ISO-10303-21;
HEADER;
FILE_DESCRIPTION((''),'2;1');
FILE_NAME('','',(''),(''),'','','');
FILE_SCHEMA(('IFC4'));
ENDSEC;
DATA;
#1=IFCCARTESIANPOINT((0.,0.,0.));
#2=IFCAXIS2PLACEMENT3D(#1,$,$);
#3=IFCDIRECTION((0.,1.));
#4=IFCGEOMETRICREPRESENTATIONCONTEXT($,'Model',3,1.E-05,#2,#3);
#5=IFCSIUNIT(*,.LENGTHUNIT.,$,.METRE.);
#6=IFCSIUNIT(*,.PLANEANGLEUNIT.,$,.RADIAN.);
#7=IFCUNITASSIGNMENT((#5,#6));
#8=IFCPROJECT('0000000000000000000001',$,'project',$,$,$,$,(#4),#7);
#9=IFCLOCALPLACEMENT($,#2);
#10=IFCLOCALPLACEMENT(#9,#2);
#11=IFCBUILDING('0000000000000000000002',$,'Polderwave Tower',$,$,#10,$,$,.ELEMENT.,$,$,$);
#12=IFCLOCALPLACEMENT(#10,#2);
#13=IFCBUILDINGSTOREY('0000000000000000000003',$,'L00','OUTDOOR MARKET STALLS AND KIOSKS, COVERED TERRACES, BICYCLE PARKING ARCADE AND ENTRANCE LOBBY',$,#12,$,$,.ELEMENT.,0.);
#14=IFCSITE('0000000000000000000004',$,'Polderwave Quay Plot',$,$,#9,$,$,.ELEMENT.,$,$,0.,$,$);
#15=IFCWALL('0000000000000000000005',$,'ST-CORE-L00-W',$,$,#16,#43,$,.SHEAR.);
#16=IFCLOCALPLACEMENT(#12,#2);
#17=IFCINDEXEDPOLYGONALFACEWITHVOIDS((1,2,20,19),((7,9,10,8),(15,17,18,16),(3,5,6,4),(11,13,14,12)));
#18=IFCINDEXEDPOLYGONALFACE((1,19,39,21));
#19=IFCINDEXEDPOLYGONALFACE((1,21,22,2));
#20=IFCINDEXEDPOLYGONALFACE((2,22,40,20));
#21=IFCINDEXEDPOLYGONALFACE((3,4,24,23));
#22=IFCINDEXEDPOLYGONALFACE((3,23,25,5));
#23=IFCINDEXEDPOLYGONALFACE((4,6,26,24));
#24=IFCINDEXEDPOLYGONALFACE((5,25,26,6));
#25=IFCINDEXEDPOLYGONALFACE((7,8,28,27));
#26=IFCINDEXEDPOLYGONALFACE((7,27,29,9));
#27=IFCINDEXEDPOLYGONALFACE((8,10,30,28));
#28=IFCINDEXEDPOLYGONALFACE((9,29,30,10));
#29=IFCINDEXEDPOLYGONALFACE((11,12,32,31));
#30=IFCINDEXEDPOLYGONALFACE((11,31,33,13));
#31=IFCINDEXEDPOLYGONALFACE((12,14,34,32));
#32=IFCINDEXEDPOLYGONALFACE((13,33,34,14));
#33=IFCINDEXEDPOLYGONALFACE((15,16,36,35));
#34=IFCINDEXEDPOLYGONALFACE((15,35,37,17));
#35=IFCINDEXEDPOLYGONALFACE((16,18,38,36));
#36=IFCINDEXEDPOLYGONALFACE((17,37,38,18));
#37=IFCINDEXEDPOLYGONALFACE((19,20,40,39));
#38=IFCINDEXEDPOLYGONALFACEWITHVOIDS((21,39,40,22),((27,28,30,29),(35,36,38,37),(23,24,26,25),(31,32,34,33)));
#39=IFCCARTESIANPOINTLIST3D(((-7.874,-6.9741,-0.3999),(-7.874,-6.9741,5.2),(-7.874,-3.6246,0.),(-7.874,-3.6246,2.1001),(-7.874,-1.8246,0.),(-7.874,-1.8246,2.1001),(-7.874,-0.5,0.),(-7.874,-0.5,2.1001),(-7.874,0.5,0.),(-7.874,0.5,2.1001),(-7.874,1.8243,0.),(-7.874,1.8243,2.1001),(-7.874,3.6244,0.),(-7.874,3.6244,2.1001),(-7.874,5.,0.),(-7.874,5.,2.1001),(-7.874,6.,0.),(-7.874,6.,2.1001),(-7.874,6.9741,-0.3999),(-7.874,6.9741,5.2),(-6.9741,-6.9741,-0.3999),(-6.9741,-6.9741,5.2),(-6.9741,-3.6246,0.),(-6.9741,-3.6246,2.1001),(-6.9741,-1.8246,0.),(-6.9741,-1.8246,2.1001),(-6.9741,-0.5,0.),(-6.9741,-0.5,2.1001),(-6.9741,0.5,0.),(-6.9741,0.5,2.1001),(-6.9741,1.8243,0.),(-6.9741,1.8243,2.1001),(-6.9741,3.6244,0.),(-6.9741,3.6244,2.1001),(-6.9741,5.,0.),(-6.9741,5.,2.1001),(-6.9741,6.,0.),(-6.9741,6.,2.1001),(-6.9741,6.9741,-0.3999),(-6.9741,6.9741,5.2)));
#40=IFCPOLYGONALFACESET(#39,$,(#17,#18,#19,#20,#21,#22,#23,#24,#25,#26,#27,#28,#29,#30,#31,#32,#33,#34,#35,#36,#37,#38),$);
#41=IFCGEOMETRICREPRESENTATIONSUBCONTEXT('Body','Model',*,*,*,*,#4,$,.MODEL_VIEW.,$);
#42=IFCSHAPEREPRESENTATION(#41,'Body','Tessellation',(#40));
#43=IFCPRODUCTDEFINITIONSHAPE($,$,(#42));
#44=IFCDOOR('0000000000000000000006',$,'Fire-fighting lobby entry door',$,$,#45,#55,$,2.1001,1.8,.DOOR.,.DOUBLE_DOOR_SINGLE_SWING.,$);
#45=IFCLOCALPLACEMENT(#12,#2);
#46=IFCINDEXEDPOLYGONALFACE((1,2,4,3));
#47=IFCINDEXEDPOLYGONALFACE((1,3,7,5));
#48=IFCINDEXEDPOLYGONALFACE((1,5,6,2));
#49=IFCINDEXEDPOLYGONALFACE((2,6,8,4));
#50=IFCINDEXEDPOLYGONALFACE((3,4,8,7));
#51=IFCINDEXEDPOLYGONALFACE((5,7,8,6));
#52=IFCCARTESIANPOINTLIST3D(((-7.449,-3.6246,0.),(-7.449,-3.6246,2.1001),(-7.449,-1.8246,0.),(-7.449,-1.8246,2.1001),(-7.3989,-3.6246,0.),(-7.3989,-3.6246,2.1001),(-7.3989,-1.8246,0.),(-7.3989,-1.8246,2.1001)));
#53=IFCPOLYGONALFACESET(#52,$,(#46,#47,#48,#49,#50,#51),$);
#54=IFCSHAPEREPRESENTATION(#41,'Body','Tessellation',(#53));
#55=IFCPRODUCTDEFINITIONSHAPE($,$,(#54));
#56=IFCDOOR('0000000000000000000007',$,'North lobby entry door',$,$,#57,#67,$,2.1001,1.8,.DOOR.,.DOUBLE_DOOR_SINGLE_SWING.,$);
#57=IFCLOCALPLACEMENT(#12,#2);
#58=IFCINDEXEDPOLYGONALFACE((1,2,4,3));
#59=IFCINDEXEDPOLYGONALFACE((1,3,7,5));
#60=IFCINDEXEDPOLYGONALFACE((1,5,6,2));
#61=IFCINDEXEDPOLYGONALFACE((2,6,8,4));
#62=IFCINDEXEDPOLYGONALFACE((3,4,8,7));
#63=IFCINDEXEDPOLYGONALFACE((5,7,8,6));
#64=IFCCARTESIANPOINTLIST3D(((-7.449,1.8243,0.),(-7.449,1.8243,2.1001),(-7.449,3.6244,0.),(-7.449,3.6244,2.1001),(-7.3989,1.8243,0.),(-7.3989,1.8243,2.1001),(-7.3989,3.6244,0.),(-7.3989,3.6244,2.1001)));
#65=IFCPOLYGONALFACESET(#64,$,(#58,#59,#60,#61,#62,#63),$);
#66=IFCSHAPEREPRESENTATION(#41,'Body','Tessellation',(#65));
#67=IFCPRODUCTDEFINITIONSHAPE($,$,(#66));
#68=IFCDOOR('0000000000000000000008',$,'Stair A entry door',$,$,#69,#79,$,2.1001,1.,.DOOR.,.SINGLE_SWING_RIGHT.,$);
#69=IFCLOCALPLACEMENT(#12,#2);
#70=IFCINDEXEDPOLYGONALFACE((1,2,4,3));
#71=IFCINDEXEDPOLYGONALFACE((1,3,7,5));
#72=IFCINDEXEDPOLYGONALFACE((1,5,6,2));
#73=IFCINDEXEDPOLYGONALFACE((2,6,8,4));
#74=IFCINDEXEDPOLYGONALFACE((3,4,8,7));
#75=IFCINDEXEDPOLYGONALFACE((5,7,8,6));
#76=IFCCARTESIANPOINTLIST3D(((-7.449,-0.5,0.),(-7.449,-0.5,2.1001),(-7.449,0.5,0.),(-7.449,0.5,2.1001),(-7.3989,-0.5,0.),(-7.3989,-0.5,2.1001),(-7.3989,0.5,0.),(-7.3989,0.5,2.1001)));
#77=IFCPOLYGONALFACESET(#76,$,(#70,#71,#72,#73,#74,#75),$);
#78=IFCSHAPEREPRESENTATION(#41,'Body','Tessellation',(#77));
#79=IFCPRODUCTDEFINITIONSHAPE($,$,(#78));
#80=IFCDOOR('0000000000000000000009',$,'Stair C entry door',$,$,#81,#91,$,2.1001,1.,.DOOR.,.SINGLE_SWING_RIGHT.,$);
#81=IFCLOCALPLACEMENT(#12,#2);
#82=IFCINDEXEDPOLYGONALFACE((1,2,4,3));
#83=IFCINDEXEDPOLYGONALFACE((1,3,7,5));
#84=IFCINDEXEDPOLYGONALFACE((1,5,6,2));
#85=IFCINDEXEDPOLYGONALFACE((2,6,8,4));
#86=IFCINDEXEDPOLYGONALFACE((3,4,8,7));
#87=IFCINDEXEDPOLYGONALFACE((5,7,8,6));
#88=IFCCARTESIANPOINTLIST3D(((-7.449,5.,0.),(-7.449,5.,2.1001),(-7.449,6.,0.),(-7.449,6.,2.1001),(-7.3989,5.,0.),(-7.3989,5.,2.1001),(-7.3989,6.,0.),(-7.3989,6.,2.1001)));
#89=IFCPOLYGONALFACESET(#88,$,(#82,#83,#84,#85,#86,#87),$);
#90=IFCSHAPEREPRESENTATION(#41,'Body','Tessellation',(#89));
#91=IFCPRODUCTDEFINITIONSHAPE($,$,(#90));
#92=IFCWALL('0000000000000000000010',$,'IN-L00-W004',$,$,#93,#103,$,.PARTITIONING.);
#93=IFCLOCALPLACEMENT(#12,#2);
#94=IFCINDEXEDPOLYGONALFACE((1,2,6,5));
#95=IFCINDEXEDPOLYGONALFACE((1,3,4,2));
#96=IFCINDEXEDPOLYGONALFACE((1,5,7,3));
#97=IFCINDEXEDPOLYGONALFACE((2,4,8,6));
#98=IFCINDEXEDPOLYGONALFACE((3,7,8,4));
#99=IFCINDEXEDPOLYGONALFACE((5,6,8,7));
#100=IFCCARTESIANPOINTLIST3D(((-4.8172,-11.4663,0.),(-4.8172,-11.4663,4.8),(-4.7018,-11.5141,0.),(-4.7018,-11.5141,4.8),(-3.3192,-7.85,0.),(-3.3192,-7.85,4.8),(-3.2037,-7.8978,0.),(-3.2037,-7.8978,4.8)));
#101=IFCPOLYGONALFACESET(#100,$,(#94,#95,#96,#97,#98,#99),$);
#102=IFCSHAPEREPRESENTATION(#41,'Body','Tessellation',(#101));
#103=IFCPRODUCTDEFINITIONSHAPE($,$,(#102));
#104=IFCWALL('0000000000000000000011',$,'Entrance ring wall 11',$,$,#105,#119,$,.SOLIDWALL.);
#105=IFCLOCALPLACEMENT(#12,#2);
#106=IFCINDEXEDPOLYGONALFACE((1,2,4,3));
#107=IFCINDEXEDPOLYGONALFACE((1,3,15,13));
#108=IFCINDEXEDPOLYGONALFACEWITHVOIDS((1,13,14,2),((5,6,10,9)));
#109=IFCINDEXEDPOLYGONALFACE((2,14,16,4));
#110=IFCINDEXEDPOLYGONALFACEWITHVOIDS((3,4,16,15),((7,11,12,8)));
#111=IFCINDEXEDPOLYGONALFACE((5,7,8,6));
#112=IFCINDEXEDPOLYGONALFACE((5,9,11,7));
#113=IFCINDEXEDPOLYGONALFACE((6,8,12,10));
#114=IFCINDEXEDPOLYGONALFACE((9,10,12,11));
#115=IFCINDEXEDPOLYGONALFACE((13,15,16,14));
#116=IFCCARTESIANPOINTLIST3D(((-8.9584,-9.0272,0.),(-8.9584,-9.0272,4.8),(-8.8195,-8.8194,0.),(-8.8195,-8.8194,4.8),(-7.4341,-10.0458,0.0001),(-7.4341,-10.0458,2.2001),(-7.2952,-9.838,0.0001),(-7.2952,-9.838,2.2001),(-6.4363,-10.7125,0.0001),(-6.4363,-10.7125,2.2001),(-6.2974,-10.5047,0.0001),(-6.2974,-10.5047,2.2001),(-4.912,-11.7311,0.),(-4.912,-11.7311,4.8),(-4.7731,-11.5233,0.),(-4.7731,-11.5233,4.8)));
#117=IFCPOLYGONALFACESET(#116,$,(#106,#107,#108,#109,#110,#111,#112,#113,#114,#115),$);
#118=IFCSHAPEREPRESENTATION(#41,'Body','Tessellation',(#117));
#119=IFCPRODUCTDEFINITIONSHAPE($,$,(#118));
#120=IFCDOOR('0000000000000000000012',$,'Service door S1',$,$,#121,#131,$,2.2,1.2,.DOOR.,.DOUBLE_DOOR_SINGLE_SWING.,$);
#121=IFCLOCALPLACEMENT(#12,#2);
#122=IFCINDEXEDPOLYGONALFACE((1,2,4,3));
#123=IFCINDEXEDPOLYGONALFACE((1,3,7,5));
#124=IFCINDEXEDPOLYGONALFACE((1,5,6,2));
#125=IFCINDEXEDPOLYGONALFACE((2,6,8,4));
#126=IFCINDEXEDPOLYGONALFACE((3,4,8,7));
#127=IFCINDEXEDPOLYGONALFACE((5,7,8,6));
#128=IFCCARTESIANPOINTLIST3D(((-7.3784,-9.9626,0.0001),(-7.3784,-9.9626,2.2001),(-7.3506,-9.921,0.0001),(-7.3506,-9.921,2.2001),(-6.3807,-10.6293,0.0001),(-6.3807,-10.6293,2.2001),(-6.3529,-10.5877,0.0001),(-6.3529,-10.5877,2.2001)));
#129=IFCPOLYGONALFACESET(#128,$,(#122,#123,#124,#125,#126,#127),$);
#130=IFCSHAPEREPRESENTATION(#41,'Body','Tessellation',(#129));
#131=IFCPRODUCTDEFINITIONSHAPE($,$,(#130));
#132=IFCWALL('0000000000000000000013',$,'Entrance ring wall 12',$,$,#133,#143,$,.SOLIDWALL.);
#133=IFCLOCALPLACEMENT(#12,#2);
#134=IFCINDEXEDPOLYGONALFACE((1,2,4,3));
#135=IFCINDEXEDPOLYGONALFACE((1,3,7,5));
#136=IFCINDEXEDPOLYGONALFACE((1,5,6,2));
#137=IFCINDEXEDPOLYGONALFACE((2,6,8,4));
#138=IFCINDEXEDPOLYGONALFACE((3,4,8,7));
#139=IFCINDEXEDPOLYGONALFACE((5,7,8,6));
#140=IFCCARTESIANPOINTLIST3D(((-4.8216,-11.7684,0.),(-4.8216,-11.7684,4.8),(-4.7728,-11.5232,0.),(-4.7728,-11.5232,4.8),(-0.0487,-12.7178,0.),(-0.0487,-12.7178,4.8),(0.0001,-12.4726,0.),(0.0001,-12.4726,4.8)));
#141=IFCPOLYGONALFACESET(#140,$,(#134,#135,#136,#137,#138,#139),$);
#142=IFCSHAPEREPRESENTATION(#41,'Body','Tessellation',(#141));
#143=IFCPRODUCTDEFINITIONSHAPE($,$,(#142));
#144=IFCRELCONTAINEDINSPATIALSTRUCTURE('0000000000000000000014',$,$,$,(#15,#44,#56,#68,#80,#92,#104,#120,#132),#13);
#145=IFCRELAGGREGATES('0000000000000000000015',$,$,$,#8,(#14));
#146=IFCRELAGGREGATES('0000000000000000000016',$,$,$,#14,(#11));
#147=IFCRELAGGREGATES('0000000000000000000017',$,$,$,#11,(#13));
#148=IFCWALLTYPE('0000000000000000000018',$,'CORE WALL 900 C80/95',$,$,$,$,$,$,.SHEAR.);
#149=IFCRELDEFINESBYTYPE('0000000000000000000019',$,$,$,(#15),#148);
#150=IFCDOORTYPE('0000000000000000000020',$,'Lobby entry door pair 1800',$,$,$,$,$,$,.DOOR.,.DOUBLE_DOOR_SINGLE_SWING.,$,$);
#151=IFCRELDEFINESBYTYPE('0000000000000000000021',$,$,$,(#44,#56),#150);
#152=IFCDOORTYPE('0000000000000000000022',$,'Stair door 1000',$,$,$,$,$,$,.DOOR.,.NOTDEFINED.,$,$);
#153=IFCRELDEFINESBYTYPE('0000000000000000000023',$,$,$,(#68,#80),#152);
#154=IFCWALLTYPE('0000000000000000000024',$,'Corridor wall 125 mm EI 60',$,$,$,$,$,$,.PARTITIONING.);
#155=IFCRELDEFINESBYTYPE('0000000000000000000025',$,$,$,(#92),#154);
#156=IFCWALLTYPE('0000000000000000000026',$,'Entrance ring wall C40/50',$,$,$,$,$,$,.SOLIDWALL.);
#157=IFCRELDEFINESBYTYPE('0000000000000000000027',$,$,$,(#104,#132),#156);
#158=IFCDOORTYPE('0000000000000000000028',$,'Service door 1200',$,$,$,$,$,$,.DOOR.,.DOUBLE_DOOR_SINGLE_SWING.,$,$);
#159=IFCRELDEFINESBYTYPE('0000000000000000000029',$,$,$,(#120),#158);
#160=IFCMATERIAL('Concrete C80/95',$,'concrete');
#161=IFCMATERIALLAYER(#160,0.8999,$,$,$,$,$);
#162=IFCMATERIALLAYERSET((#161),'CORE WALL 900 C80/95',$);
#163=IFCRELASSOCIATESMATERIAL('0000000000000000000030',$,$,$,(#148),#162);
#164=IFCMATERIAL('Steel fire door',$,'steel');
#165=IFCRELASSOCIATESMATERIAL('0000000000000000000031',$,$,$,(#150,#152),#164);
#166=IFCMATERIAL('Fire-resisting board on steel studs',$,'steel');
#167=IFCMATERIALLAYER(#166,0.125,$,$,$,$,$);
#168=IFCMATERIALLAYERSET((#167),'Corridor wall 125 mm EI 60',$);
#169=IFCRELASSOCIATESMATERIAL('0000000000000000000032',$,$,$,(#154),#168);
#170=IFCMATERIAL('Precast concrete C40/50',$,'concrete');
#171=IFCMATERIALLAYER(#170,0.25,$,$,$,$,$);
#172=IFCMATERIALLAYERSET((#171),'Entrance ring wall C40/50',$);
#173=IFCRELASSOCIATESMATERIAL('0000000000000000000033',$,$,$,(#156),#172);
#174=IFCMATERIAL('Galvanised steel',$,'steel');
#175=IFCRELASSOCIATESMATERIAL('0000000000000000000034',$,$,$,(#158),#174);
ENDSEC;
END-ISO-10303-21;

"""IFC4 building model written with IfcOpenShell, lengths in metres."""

from ifc_helpers import new_model, si_unit, direction, frame, frame_2d, origin, place, context, subcontext, project, spatial, rectangle, extrude, material, layer, layer_set, type_object, element, fill, save


model = new_model("IFC4")

# Units and contexts
model_context = context("Model", 3, precision=1e-05, world=origin(), true_north=direction((0.0, 1.0)))
body_context = subcontext(model_context, "Body", "Model", "MODEL_VIEW")
ifc_project = project(units=[si_unit("LENGTHUNIT", "METRE"), si_unit("PLANEANGLEUNIT", "RADIAN")], contexts=[model_context])

# Site, building, storey
site_placement = place(None, origin())
site = spatial("IfcSite", under=ifc_project, at=site_placement, Name="Polderwave Quay Plot", CompositionType="ELEMENT", RefElevation=0.0)
building_placement = place(site_placement, origin())
building = spatial("IfcBuilding", under=site, at=building_placement, Name="Polderwave Tower", CompositionType="ELEMENT")
storey_placement = place(building_placement, origin())
storey = spatial("IfcBuildingStorey", under=building, at=storey_placement, Name="L00", Description="OUTDOOR MARKET STALLS AND KIOSKS, COVERED TERRACES, BICYCLE PARKING ARCADE AND ENTRANCE LOBBY", CompositionType="ELEMENT", Elevation=0.0)

# Wall, openings, doors
ifc_material_1 = material(Name="Concrete C80/95", Category="concrete")
ifc_layer_1 = layer(ifc_material_1, 0.8999)
ifc_layer_set_1 = layer_set([ifc_layer_1], Name="CORE WALL 900 C80/95")
wall_type_1 = type_object("IfcWallType", Name="CORE WALL 900 C80/95", PredefinedType="SHEAR", material=ifc_layer_set_1)
wall_1_placement = place(storey_placement, frame((-7.4241, -6.9741, -0.3999), z_axis=(0.0, 0.0, 1.0), x_axis=(0.0, 1.0, 0.0)))
wall_1 = element("IfcWall", 1, at=wall_1_placement, inside=storey, type_object=wall_type_1, Name="ST-CORE-L00-W", PredefinedType="SHEAR", context=body_context, shape_type="SweptSolid", body=[
    extrude(rectangle(XDim=13.9482, YDim=0.8999, at=frame_2d((6.9741, 0.0))), origin(), (0.0, 0.0, 1.0), 5.5999),
])
opening_1_placement = place(wall_1_placement, frame((6.4741, 0.0, 0.3999)))
opening_1 = element("IfcOpeningElement", 2, at=opening_1_placement, cuts=wall_1, PredefinedType="OPENING", context=body_context, shape_type="SweptSolid", body=[
    extrude(rectangle(XDim=1.0, YDim=2.1001, at=frame_2d((0.5, 1.05))), frame((0.0, 0.46, 0.0), z_axis=(0.0, -1.0, 0.0), x_axis=(1.0, 0.0, 0.0)), (0.0, 0.0, 1.0), 0.9199),
])
opening_2_placement = place(wall_1_placement, frame((3.3496, 0.0, 0.3999)))
opening_2 = element("IfcOpeningElement", 3, at=opening_2_placement, cuts=wall_1, PredefinedType="OPENING", context=body_context, shape_type="SweptSolid", body=[
    extrude(rectangle(XDim=1.8, YDim=2.1001, at=frame_2d((0.8999, 1.05))), frame((0.0, 0.46, 0.0), z_axis=(0.0, -1.0, 0.0), x_axis=(1.0, 0.0, 0.0)), (0.0, 0.0, 1.0), 0.9199),
])
opening_3_placement = place(wall_1_placement, frame((8.7986, 0.0, 0.3999)))
opening_3 = element("IfcOpeningElement", 4, at=opening_3_placement, cuts=wall_1, PredefinedType="OPENING", context=body_context, shape_type="SweptSolid", body=[
    extrude(rectangle(XDim=1.8, YDim=2.1001, at=frame_2d((0.8999, 1.05))), frame((0.0, 0.46, 0.0), z_axis=(0.0, -1.0, 0.0), x_axis=(1.0, 0.0, 0.0)), (0.0, 0.0, 1.0), 0.9199),
])
opening_4_placement = place(wall_1_placement, frame((11.9741, 0.0, 0.3999)))
opening_4 = element("IfcOpeningElement", 5, at=opening_4_placement, cuts=wall_1, PredefinedType="OPENING", context=body_context, shape_type="SweptSolid", body=[
    extrude(rectangle(XDim=1.0, YDim=2.1001, at=frame_2d((0.5, 1.05))), frame((0.0, 0.46, 0.0), z_axis=(0.0, -1.0, 0.0), x_axis=(1.0, 0.0, 0.0)), (0.0, 0.0, 1.0), 0.9199),
])
ifc_material_2 = material(Name="Steel fire door", Category="steel")
door_type_1 = type_object("IfcDoorType", Name="Lobby entry door pair 1800", OperationType="DOUBLE_DOOR_SINGLE_SWING", PredefinedType="DOOR", material=ifc_material_2)
door_1_placement = place(opening_2_placement, origin())
door_1 = element("IfcDoor", 6, at=door_1_placement, inside=storey, type_object=door_type_1, Name="Fire-fighting lobby entry door", OperationType="DOUBLE_DOOR_SINGLE_SWING", OverallHeight=2.1001, OverallWidth=1.8, PredefinedType="DOOR", context=body_context, shape_type="SweptSolid", body=[
    extrude(rectangle(XDim=1.8, YDim=2.1001, at=frame_2d((0.8999, 1.05))), frame((0.0, 0.0249, 0.0), z_axis=(0.0, -1.0, 0.0), x_axis=(1.0, 0.0, 0.0)), (0.0, 0.0, 1.0), 0.05),
])
fill(opening_2, door_1)
door_2_placement = place(opening_3_placement, origin())
door_2 = element("IfcDoor", 7, at=door_2_placement, inside=storey, type_object=door_type_1, Name="North lobby entry door", OperationType="DOUBLE_DOOR_SINGLE_SWING", OverallHeight=2.1001, OverallWidth=1.8, PredefinedType="DOOR", context=body_context, shape_type="SweptSolid", body=[
    extrude(rectangle(XDim=1.8, YDim=2.1001, at=frame_2d((0.8999, 1.05))), frame((0.0, 0.0249, 0.0), z_axis=(0.0, -1.0, 0.0), x_axis=(1.0, 0.0, 0.0)), (0.0, 0.0, 1.0), 0.05),
])
fill(opening_3, door_2)
door_type_2 = type_object("IfcDoorType", Name="Stair door 1000", OperationType="NOTDEFINED", PredefinedType="DOOR", material=ifc_material_2)
door_3_placement = place(opening_1_placement, origin())
door_3 = element("IfcDoor", 8, at=door_3_placement, inside=storey, type_object=door_type_2, Name="Stair A entry door", OperationType="SINGLE_SWING_RIGHT", OverallHeight=2.1001, OverallWidth=1.0, PredefinedType="DOOR", context=body_context, shape_type="SweptSolid", body=[
    extrude(rectangle(XDim=1.0, YDim=2.1001, at=frame_2d((0.5, 1.05))), frame((0.0, 0.0249, 0.0), z_axis=(0.0, -1.0, 0.0), x_axis=(1.0, 0.0, 0.0)), (0.0, 0.0, 1.0), 0.05),
])
fill(opening_1, door_3)
door_4_placement = place(opening_4_placement, origin())
door_4 = element("IfcDoor", 9, at=door_4_placement, inside=storey, type_object=door_type_2, Name="Stair C entry door", OperationType="SINGLE_SWING_RIGHT", OverallHeight=2.1001, OverallWidth=1.0, PredefinedType="DOOR", context=body_context, shape_type="SweptSolid", body=[
    extrude(rectangle(XDim=1.0, YDim=2.1001, at=frame_2d((0.5, 1.05))), frame((0.0, 0.0249, 0.0), z_axis=(0.0, -1.0, 0.0), x_axis=(1.0, 0.0, 0.0)), (0.0, 0.0, 1.0), 0.05),
])
fill(opening_4, door_4)

# Wall
ifc_material_3 = material(Name="Fire-resisting board on steel studs", Category="steel")
ifc_layer_2 = layer(ifc_material_3, 0.125)
ifc_layer_set_2 = layer_set([ifc_layer_2], Name="Corridor wall 125 mm EI 60")
wall_type_2 = type_object("IfcWallType", Name="Corridor wall 125 mm EI 60", PredefinedType="PARTITIONING", material=ifc_layer_set_2)
wall_2_placement = place(storey_placement, frame((-3.2615, -7.874, 0.0), z_axis=(0.0, 0.0, 1.0), x_axis=(-0.382719, -0.923865, 0.0)))
element("IfcWall", 10, at=wall_2_placement, inside=storey, type_object=wall_type_2, Name="IN-L00-W004", PredefinedType="PARTITIONING", context=body_context, shape_type="SweptSolid", body=[
    extrude(rectangle(XDim=3.9143, YDim=0.125, at=frame_2d((1.957, 0.0))), origin(), (0.0, 0.0, 1.0), 4.8),
])

# Wall, opening, door
ifc_material_4 = material(Name="Precast concrete C40/50", Category="concrete")
ifc_layer_3 = layer(ifc_material_4, 0.25)
ifc_layer_set_3 = layer_set([ifc_layer_3], Name="Entrance ring wall C40/50")
wall_type_3 = type_object("IfcWallType", Name="Entrance ring wall C40/50", PredefinedType="SOLIDWALL", material=ifc_layer_set_3)
wall_3_placement = place(storey_placement, frame((-4.8425, -11.6272, 0.0), z_axis=(0.0, 0.0, 1.0), x_axis=(-0.831456, 0.555591, 0.0)))
wall_3 = element("IfcWall", 11, at=wall_3_placement, inside=storey, type_object=wall_type_3, Name="Entrance ring wall 11", PredefinedType="SOLIDWALL", context=body_context, shape_type="SweptSolid", body=[
    extrude(rectangle(XDim=4.8667, YDim=0.25, at=frame_2d((2.4333, 0.0))), origin(), (0.0, 0.0, 1.0), 4.8),
])
opening_5_placement = place(wall_3_placement, frame((1.8333, 0.0, 0.0)))
opening_5 = element("IfcOpeningElement", 12, at=opening_5_placement, cuts=wall_3, PredefinedType="OPENING", context=body_context, shape_type="SweptSolid", body=[
    extrude(rectangle(XDim=1.2, YDim=2.2, at=frame_2d((0.6001, 1.1001))), frame((0.0, 0.135, 0.0), z_axis=(0.0, -1.0, 0.0), x_axis=(1.0, 0.0, 0.0)), (0.0, 0.0, 1.0), 0.27),
])
ifc_material_5 = material(Name="Galvanised steel", Category="steel")
door_type_3 = type_object("IfcDoorType", Name="Service door 1200", OperationType="DOUBLE_DOOR_SINGLE_SWING", PredefinedType="DOOR", material=ifc_material_5)
door_5_placement = place(opening_5_placement, origin())
door_5 = element("IfcDoor", 13, at=door_5_placement, inside=storey, type_object=door_type_3, Name="Service door S1", OperationType="DOUBLE_DOOR_SINGLE_SWING", OverallHeight=2.2, OverallWidth=1.2, PredefinedType="DOOR", context=body_context, shape_type="SweptSolid", body=[
    extrude(rectangle(XDim=1.2, YDim=2.2, at=frame_2d((0.6001, 1.1001))), frame((0.0, 0.0249, 0.0), z_axis=(0.0, -1.0, 0.0), x_axis=(1.0, 0.0, 0.0)), (0.0, 0.0, 1.0), 0.05),
])
fill(opening_5, door_5)

# Wall
wall_4_placement = place(storey_placement, frame((-0.0244, -12.5952, 0.0), z_axis=(0.0, 0.0, 1.0), x_axis=(-0.980783, 0.195103, 0.0)))
element("IfcWall", 14, at=wall_4_placement, inside=storey, type_object=wall_type_3, Name="Entrance ring wall 12", PredefinedType="SOLIDWALL", context=body_context, shape_type="SweptSolid", body=[
    extrude(rectangle(XDim=4.8665, YDim=0.25, at=frame_2d((2.4331, 0.0))), origin(), (0.0, 0.0, 1.0), 4.8),
])

save(model, "model.ifc")
